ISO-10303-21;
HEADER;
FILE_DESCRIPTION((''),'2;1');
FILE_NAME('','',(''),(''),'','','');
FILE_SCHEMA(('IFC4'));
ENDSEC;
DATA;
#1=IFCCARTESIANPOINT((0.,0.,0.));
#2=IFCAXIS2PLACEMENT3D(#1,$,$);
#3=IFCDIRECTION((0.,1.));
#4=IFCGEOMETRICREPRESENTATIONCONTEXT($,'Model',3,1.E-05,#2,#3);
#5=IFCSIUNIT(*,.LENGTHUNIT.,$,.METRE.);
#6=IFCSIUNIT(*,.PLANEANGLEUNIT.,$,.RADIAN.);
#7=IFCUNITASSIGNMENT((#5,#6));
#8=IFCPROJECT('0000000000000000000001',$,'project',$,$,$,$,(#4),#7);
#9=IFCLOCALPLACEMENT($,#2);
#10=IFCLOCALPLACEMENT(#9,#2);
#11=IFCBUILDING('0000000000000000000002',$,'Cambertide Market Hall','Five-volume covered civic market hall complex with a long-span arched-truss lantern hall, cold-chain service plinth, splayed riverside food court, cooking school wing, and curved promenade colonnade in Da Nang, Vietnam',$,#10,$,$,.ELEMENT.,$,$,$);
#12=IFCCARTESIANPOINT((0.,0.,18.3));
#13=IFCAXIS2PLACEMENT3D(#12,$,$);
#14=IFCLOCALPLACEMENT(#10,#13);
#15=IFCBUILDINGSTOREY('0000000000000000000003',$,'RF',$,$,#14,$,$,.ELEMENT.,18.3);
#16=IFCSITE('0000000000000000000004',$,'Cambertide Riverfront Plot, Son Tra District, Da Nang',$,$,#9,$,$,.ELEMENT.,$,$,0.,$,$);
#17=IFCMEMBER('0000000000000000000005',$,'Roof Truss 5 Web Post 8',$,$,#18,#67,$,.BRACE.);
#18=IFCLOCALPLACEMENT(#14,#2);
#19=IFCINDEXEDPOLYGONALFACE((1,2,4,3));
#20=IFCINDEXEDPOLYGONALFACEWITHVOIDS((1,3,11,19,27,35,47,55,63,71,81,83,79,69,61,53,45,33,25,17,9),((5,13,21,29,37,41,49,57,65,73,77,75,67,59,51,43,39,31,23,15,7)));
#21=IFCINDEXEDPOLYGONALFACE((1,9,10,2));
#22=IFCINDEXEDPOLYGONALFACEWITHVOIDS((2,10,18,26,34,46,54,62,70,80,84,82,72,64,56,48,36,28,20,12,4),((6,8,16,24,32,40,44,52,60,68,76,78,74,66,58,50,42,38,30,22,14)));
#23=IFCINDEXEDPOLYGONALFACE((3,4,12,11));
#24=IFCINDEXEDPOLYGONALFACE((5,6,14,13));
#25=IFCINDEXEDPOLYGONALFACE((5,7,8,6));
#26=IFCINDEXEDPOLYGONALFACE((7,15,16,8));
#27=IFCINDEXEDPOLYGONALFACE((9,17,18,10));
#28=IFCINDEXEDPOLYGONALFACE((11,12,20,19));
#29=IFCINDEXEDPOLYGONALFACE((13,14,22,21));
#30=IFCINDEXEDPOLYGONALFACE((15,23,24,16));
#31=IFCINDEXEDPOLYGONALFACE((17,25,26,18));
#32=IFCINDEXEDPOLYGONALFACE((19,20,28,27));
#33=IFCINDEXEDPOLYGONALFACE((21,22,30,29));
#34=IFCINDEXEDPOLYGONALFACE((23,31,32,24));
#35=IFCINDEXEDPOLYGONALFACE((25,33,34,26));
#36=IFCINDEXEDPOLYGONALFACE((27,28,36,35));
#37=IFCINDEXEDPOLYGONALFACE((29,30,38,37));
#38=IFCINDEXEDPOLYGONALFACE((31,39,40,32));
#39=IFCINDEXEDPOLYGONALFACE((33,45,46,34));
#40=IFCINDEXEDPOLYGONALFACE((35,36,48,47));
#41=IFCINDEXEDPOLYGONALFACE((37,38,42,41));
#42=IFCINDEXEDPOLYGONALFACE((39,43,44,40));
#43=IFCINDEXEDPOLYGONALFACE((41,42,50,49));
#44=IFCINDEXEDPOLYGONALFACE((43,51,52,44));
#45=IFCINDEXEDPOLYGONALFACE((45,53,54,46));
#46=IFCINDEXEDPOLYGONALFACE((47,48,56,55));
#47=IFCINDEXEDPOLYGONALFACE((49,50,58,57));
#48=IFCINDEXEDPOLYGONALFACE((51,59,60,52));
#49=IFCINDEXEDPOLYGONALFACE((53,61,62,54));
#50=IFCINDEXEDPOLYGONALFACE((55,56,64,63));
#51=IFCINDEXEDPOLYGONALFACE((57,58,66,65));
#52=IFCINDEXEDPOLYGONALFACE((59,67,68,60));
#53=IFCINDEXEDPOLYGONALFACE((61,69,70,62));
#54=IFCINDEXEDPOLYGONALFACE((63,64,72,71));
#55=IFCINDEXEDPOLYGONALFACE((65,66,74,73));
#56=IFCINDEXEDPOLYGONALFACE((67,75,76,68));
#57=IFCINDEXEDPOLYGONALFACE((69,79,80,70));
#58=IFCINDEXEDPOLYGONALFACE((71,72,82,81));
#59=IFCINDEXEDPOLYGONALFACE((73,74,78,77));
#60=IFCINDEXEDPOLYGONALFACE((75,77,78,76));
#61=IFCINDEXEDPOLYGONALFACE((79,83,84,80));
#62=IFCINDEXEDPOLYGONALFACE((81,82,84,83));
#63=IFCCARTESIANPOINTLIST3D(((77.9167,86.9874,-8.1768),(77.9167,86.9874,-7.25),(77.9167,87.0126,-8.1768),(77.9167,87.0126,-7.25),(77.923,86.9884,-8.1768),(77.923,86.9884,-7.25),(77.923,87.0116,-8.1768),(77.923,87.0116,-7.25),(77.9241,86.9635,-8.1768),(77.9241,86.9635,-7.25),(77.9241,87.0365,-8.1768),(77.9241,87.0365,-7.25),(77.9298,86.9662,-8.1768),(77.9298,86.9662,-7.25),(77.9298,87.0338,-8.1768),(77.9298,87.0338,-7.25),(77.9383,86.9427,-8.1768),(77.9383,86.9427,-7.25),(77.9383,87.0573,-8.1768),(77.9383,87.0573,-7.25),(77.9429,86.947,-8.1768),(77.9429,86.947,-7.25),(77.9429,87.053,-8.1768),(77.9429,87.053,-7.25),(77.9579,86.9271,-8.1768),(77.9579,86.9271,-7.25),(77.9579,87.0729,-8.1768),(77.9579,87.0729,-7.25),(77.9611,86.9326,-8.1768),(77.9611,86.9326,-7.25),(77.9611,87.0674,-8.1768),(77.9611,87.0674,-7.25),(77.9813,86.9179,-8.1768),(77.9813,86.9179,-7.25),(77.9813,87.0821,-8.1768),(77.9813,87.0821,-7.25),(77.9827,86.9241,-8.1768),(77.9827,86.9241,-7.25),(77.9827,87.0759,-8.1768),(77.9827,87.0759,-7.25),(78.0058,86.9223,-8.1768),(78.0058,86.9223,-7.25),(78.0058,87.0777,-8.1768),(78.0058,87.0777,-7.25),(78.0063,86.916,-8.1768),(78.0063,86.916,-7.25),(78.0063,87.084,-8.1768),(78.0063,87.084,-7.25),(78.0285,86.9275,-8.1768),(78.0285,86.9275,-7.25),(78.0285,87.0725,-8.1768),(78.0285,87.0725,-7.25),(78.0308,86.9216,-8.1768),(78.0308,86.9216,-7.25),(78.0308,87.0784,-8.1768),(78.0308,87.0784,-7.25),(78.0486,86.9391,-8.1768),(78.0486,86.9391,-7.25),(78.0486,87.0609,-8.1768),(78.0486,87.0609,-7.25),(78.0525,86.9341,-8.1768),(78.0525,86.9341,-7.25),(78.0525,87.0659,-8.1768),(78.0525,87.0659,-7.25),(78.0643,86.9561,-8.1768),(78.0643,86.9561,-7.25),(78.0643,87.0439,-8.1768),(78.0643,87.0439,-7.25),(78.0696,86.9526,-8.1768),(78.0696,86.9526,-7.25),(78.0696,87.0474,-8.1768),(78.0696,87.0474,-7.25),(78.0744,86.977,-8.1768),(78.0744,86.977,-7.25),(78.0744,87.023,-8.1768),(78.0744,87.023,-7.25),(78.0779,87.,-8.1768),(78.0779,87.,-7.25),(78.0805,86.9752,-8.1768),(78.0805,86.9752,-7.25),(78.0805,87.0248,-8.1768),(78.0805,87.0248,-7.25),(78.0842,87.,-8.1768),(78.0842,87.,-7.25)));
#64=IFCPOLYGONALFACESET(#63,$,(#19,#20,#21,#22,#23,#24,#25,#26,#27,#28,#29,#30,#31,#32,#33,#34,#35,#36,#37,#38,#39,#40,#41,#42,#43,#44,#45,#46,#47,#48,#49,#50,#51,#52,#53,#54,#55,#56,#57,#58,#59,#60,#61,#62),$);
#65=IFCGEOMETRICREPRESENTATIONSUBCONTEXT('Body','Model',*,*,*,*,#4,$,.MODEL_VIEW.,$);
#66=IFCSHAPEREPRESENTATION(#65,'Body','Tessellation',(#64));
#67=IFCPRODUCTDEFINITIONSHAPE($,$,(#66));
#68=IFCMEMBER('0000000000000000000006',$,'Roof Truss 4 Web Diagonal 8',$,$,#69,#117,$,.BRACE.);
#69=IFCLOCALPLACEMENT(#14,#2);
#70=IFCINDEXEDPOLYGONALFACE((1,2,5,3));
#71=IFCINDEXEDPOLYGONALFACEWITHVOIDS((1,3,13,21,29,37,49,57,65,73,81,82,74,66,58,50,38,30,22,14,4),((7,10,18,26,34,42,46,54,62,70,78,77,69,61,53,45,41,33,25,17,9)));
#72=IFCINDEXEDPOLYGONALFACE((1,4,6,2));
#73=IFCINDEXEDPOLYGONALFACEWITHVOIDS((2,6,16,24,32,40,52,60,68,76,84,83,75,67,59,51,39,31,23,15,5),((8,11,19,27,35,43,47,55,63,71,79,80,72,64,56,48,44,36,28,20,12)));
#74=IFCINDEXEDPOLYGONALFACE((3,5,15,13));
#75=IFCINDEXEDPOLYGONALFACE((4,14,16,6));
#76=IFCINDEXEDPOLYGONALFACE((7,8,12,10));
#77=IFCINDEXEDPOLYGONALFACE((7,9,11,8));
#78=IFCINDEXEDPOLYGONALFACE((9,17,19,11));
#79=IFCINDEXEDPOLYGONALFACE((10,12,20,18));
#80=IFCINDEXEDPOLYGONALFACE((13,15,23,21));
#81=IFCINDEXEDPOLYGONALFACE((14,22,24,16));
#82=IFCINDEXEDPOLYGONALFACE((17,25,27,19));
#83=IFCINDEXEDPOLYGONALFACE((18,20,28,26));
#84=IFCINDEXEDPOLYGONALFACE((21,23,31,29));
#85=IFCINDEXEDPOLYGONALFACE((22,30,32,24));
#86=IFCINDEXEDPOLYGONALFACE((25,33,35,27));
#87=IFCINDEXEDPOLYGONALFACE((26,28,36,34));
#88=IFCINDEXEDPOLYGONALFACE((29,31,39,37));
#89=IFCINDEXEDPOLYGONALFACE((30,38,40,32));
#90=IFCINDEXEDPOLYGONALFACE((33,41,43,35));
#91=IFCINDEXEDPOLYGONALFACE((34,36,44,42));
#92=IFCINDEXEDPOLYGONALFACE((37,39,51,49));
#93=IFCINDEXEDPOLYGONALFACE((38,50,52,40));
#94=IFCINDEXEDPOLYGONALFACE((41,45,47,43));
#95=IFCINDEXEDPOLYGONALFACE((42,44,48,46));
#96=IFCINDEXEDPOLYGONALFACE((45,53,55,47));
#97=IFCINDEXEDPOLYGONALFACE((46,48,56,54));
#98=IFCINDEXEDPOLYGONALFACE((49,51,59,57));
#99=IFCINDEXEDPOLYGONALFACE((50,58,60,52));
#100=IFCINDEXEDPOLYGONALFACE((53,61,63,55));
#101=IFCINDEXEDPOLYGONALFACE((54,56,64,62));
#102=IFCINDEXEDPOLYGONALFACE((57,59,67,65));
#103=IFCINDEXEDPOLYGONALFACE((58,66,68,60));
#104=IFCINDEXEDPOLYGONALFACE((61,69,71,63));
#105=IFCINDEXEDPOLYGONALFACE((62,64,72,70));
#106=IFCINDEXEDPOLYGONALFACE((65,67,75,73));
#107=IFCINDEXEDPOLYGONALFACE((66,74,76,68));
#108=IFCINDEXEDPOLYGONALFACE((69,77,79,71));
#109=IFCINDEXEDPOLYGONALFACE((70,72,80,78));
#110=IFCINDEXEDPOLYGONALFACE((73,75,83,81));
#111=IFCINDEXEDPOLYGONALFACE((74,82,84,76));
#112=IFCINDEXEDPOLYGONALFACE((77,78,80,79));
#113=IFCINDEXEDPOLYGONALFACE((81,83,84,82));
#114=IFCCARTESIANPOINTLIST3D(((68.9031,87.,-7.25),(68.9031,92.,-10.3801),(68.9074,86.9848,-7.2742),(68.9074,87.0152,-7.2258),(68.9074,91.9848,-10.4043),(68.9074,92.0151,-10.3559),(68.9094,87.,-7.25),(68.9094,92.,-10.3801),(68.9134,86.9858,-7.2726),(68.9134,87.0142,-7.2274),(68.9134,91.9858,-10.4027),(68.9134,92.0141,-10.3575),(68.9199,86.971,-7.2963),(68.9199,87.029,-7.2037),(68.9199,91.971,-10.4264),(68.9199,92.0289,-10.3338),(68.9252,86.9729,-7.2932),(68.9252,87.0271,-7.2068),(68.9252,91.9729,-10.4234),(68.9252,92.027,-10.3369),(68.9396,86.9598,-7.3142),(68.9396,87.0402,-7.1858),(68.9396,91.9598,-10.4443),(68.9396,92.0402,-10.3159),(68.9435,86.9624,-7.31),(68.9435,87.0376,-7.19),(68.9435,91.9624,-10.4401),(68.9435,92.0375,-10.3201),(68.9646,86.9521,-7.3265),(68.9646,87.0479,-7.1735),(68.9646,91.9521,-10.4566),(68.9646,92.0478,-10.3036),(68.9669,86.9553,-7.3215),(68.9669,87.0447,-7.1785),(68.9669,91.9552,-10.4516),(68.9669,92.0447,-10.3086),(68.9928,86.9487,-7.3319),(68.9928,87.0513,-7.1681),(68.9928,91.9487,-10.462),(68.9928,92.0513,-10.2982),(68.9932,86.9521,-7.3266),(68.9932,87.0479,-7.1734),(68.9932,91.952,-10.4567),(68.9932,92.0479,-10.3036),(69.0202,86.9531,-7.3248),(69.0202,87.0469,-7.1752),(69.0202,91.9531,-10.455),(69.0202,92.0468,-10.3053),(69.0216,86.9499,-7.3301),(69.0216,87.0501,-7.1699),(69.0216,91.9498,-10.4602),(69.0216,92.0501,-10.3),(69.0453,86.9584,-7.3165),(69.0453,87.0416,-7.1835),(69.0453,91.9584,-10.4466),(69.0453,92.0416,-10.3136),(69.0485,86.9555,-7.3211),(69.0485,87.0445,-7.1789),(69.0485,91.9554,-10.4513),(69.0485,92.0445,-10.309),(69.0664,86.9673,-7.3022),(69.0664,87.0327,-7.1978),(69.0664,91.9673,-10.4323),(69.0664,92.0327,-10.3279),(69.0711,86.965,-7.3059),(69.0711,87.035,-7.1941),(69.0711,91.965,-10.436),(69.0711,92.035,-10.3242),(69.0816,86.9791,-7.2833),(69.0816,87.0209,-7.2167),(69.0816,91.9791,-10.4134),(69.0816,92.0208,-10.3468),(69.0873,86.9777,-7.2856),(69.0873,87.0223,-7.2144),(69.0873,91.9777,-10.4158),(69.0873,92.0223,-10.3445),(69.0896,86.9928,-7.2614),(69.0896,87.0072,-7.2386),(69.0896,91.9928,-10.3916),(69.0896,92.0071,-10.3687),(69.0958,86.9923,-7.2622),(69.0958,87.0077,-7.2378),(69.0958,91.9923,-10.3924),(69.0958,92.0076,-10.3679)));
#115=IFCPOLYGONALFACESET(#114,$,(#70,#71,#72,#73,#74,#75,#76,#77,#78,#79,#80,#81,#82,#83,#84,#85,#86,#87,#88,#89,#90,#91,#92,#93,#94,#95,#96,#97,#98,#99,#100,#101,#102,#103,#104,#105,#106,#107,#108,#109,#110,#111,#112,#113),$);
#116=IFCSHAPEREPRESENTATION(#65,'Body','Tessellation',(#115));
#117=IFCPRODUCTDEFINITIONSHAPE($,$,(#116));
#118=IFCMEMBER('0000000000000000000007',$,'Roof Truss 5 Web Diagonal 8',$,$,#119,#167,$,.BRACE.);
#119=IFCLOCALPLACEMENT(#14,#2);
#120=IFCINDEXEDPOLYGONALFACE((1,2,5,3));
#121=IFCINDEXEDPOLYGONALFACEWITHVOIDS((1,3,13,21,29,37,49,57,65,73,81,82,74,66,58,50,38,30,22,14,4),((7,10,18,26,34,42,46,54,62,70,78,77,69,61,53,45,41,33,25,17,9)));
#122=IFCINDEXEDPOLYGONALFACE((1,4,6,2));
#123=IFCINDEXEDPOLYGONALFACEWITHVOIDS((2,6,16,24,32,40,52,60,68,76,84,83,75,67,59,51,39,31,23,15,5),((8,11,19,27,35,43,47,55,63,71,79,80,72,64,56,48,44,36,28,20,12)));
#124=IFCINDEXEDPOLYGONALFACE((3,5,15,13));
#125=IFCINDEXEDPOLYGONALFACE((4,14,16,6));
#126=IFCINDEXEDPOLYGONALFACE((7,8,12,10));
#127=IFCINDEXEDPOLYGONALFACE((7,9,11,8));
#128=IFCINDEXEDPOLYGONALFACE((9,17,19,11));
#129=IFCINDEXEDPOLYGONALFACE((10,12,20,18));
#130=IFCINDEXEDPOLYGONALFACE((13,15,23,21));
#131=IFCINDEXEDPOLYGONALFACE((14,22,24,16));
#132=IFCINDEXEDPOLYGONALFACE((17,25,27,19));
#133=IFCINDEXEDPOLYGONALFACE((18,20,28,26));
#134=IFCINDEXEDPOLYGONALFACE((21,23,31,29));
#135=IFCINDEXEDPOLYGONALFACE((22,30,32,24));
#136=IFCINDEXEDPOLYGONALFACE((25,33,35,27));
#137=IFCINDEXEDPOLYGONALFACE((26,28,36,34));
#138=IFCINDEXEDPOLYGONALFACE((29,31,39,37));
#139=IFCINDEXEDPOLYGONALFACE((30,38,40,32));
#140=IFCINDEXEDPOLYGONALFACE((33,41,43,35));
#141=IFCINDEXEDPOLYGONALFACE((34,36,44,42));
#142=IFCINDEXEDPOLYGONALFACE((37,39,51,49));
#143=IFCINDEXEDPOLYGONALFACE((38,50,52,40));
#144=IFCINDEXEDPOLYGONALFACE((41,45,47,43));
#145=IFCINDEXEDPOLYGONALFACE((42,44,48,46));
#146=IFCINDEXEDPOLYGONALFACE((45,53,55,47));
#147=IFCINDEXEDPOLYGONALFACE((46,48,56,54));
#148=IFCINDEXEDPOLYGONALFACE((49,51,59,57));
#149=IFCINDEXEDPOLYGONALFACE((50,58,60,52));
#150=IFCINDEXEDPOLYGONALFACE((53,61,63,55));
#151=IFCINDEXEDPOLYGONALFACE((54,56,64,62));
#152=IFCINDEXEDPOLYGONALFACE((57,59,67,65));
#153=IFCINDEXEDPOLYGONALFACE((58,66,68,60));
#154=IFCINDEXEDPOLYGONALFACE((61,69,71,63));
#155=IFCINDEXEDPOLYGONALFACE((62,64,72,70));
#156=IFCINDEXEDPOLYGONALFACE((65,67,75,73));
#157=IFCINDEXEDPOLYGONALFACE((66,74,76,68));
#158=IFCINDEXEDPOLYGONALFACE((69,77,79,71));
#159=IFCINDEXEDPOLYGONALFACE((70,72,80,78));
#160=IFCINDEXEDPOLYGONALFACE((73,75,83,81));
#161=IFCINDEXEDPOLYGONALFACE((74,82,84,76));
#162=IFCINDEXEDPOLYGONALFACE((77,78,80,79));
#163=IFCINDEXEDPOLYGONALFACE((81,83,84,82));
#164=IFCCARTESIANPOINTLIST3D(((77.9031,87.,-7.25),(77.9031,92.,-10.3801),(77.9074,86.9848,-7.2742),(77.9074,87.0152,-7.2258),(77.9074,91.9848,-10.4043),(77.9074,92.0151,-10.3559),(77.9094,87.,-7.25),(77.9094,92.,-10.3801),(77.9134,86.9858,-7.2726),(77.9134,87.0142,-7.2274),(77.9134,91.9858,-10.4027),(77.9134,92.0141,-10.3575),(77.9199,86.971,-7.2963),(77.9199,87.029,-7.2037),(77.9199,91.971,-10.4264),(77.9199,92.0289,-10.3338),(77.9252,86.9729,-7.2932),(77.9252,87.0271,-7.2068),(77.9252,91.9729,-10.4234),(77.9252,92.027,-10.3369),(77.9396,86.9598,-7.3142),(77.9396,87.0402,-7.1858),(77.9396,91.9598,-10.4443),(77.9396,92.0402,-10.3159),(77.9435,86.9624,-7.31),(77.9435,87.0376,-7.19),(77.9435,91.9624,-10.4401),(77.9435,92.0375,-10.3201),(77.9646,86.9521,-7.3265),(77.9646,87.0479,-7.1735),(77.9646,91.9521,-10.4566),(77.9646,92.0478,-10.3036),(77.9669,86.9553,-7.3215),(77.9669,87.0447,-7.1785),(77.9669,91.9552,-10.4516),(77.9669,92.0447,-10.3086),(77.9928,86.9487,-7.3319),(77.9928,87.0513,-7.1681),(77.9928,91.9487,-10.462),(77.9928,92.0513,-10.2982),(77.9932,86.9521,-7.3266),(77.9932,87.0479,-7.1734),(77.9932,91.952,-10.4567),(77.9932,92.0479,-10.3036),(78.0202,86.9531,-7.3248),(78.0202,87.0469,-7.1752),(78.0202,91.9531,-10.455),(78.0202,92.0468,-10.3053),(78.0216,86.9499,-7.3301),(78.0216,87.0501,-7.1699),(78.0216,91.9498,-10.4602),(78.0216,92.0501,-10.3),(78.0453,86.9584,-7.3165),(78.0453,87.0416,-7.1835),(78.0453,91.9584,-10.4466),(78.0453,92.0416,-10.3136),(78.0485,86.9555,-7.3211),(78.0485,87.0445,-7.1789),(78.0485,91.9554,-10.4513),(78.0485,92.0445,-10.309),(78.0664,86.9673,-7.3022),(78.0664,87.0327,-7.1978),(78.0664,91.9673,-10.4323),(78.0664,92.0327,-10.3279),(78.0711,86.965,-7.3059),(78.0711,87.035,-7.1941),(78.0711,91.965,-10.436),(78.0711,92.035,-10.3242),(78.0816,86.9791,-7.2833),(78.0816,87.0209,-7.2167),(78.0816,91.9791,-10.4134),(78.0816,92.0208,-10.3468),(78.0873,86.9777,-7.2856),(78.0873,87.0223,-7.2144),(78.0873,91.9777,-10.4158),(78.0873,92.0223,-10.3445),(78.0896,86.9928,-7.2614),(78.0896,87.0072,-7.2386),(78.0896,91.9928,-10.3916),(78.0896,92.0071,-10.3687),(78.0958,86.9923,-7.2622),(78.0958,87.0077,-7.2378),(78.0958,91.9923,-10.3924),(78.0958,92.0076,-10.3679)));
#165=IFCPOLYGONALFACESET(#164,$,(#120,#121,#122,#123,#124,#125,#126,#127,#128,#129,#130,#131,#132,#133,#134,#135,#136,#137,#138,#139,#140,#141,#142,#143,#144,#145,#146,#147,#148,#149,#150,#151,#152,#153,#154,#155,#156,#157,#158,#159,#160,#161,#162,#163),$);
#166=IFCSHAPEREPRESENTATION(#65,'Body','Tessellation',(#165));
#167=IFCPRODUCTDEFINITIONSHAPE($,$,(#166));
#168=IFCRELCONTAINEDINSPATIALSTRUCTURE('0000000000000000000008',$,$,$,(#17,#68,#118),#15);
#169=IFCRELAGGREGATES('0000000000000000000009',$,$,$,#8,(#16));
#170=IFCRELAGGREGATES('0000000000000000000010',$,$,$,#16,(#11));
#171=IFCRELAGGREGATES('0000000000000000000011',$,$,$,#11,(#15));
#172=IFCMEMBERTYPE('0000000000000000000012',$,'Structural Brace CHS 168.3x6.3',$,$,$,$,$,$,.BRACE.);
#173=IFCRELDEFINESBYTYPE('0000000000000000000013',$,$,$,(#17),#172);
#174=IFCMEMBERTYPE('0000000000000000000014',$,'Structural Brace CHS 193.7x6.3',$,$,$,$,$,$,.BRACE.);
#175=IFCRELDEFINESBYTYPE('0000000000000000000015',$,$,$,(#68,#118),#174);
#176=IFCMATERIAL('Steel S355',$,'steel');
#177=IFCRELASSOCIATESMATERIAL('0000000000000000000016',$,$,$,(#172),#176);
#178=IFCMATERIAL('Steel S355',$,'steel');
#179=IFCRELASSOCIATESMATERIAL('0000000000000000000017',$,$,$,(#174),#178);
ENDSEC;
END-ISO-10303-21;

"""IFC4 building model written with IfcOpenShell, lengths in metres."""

from ifc_helpers import new_model, si_unit, direction, frame, origin, origin_2d, place, context, subcontext, project, spatial, hollow_circle, extrude, material, material_profile, profile_set, type_object, element, save


model = new_model("IFC4")

# Units and contexts
model_context = context("Model", 3, precision=1e-05, world=origin(), true_north=direction((0.0, 1.0)))
body_context = subcontext(model_context, "Body", "Model", "MODEL_VIEW")
ifc_project = project(units=[si_unit("LENGTHUNIT", "METRE"), si_unit("PLANEANGLEUNIT", "RADIAN")], contexts=[model_context])

# Site, building, storey
site_placement = place(None, origin())
site = spatial("IfcSite", under=ifc_project, at=site_placement, Name="Cambertide Riverfront Plot, Son Tra District, Da Nang", CompositionType="ELEMENT", RefElevation=0.0)
building_placement = place(site_placement, origin())
building = spatial("IfcBuilding", under=site, at=building_placement, Name="Cambertide Market Hall", Description="Five-volume covered civic market hall complex with a long-span arched-truss lantern hall, cold-chain service plinth, splayed riverside food court, cooking school wing, and curved promenade colonnade in Da Nang, Vietnam", CompositionType="ELEMENT")
storey_placement = place(building_placement, frame((0.0, 0.0, 18.3)))
storey = spatial("IfcBuildingStorey", under=building, at=storey_placement, Name="RF", CompositionType="ELEMENT", Elevation=18.3)

# Members
ifc_material_1 = material(Name="Steel S355", Category="steel")
ifc_material_profile_1 = material_profile(ifc_material_1, hollow_circle(Radius=0.0842, WallThickness=0.0063, at=origin_2d()), Name="CHS 168.3x6.3")
ifc_profile_set_1 = profile_set([ifc_material_profile_1], Name="Steel S355")
member_type_1 = type_object("IfcMemberType", Name="Structural Brace CHS 168.3x6.3", PredefinedType="BRACE", material=ifc_profile_set_1)
for number, where, z_axis, x_axis, name in (
    (1, (78.0, 87.0, -8.1768), (0.0, 0.0, 1.0), (1.0, 0.0, 0.0), "Roof Truss 5 Web Post 8"),
):
    element("IfcMember", number, at=place(storey_placement, frame(where, z_axis=z_axis, x_axis=x_axis)), inside=storey, type_object=member_type_1, Name=name, PredefinedType="BRACE", context=body_context, shape_type="SweptSolid", body=[
        extrude(hollow_circle(Radius=0.0842, WallThickness=0.0063, at=origin_2d()), origin(), (0.0, 0.0, 1.0), 0.9268),
    ])
ifc_material_2 = material(Name="Steel S355", Category="steel")
ifc_material_profile_2 = material_profile(ifc_material_2, hollow_circle(Radius=0.0969, WallThickness=0.0063, at=origin_2d()), Name="CHS 193.7x6.3")
ifc_profile_set_2 = profile_set([ifc_material_profile_2], Name="Steel S355")
member_type_2 = type_object("IfcMemberType", Name="Structural Brace CHS 193.7x6.3", PredefinedType="BRACE", material=ifc_profile_set_2)
for number, where, z_axis, x_axis, name in (
    (2, (69.0, 87.0, -7.25), (0.0, 0.847607, -0.530624), (-1.0, 0.0, 0.0), "Roof Truss 4 Web Diagonal 8"),
    (3, (78.0, 87.0, -7.25), (0.0, 0.847607, -0.530624), (-1.0, 0.0, 0.0), "Roof Truss 5 Web Diagonal 8"),
):
    element("IfcMember", number, at=place(storey_placement, frame(where, z_axis=z_axis, x_axis=x_axis)), inside=storey, type_object=member_type_2, Name=name, PredefinedType="BRACE", context=body_context, shape_type="SweptSolid", body=[
        extrude(hollow_circle(Radius=0.0969, WallThickness=0.0063, at=origin_2d()), origin(), (0.0, 0.0, 1.0), 5.8989),
    ])

save(model, "model.ifc")
